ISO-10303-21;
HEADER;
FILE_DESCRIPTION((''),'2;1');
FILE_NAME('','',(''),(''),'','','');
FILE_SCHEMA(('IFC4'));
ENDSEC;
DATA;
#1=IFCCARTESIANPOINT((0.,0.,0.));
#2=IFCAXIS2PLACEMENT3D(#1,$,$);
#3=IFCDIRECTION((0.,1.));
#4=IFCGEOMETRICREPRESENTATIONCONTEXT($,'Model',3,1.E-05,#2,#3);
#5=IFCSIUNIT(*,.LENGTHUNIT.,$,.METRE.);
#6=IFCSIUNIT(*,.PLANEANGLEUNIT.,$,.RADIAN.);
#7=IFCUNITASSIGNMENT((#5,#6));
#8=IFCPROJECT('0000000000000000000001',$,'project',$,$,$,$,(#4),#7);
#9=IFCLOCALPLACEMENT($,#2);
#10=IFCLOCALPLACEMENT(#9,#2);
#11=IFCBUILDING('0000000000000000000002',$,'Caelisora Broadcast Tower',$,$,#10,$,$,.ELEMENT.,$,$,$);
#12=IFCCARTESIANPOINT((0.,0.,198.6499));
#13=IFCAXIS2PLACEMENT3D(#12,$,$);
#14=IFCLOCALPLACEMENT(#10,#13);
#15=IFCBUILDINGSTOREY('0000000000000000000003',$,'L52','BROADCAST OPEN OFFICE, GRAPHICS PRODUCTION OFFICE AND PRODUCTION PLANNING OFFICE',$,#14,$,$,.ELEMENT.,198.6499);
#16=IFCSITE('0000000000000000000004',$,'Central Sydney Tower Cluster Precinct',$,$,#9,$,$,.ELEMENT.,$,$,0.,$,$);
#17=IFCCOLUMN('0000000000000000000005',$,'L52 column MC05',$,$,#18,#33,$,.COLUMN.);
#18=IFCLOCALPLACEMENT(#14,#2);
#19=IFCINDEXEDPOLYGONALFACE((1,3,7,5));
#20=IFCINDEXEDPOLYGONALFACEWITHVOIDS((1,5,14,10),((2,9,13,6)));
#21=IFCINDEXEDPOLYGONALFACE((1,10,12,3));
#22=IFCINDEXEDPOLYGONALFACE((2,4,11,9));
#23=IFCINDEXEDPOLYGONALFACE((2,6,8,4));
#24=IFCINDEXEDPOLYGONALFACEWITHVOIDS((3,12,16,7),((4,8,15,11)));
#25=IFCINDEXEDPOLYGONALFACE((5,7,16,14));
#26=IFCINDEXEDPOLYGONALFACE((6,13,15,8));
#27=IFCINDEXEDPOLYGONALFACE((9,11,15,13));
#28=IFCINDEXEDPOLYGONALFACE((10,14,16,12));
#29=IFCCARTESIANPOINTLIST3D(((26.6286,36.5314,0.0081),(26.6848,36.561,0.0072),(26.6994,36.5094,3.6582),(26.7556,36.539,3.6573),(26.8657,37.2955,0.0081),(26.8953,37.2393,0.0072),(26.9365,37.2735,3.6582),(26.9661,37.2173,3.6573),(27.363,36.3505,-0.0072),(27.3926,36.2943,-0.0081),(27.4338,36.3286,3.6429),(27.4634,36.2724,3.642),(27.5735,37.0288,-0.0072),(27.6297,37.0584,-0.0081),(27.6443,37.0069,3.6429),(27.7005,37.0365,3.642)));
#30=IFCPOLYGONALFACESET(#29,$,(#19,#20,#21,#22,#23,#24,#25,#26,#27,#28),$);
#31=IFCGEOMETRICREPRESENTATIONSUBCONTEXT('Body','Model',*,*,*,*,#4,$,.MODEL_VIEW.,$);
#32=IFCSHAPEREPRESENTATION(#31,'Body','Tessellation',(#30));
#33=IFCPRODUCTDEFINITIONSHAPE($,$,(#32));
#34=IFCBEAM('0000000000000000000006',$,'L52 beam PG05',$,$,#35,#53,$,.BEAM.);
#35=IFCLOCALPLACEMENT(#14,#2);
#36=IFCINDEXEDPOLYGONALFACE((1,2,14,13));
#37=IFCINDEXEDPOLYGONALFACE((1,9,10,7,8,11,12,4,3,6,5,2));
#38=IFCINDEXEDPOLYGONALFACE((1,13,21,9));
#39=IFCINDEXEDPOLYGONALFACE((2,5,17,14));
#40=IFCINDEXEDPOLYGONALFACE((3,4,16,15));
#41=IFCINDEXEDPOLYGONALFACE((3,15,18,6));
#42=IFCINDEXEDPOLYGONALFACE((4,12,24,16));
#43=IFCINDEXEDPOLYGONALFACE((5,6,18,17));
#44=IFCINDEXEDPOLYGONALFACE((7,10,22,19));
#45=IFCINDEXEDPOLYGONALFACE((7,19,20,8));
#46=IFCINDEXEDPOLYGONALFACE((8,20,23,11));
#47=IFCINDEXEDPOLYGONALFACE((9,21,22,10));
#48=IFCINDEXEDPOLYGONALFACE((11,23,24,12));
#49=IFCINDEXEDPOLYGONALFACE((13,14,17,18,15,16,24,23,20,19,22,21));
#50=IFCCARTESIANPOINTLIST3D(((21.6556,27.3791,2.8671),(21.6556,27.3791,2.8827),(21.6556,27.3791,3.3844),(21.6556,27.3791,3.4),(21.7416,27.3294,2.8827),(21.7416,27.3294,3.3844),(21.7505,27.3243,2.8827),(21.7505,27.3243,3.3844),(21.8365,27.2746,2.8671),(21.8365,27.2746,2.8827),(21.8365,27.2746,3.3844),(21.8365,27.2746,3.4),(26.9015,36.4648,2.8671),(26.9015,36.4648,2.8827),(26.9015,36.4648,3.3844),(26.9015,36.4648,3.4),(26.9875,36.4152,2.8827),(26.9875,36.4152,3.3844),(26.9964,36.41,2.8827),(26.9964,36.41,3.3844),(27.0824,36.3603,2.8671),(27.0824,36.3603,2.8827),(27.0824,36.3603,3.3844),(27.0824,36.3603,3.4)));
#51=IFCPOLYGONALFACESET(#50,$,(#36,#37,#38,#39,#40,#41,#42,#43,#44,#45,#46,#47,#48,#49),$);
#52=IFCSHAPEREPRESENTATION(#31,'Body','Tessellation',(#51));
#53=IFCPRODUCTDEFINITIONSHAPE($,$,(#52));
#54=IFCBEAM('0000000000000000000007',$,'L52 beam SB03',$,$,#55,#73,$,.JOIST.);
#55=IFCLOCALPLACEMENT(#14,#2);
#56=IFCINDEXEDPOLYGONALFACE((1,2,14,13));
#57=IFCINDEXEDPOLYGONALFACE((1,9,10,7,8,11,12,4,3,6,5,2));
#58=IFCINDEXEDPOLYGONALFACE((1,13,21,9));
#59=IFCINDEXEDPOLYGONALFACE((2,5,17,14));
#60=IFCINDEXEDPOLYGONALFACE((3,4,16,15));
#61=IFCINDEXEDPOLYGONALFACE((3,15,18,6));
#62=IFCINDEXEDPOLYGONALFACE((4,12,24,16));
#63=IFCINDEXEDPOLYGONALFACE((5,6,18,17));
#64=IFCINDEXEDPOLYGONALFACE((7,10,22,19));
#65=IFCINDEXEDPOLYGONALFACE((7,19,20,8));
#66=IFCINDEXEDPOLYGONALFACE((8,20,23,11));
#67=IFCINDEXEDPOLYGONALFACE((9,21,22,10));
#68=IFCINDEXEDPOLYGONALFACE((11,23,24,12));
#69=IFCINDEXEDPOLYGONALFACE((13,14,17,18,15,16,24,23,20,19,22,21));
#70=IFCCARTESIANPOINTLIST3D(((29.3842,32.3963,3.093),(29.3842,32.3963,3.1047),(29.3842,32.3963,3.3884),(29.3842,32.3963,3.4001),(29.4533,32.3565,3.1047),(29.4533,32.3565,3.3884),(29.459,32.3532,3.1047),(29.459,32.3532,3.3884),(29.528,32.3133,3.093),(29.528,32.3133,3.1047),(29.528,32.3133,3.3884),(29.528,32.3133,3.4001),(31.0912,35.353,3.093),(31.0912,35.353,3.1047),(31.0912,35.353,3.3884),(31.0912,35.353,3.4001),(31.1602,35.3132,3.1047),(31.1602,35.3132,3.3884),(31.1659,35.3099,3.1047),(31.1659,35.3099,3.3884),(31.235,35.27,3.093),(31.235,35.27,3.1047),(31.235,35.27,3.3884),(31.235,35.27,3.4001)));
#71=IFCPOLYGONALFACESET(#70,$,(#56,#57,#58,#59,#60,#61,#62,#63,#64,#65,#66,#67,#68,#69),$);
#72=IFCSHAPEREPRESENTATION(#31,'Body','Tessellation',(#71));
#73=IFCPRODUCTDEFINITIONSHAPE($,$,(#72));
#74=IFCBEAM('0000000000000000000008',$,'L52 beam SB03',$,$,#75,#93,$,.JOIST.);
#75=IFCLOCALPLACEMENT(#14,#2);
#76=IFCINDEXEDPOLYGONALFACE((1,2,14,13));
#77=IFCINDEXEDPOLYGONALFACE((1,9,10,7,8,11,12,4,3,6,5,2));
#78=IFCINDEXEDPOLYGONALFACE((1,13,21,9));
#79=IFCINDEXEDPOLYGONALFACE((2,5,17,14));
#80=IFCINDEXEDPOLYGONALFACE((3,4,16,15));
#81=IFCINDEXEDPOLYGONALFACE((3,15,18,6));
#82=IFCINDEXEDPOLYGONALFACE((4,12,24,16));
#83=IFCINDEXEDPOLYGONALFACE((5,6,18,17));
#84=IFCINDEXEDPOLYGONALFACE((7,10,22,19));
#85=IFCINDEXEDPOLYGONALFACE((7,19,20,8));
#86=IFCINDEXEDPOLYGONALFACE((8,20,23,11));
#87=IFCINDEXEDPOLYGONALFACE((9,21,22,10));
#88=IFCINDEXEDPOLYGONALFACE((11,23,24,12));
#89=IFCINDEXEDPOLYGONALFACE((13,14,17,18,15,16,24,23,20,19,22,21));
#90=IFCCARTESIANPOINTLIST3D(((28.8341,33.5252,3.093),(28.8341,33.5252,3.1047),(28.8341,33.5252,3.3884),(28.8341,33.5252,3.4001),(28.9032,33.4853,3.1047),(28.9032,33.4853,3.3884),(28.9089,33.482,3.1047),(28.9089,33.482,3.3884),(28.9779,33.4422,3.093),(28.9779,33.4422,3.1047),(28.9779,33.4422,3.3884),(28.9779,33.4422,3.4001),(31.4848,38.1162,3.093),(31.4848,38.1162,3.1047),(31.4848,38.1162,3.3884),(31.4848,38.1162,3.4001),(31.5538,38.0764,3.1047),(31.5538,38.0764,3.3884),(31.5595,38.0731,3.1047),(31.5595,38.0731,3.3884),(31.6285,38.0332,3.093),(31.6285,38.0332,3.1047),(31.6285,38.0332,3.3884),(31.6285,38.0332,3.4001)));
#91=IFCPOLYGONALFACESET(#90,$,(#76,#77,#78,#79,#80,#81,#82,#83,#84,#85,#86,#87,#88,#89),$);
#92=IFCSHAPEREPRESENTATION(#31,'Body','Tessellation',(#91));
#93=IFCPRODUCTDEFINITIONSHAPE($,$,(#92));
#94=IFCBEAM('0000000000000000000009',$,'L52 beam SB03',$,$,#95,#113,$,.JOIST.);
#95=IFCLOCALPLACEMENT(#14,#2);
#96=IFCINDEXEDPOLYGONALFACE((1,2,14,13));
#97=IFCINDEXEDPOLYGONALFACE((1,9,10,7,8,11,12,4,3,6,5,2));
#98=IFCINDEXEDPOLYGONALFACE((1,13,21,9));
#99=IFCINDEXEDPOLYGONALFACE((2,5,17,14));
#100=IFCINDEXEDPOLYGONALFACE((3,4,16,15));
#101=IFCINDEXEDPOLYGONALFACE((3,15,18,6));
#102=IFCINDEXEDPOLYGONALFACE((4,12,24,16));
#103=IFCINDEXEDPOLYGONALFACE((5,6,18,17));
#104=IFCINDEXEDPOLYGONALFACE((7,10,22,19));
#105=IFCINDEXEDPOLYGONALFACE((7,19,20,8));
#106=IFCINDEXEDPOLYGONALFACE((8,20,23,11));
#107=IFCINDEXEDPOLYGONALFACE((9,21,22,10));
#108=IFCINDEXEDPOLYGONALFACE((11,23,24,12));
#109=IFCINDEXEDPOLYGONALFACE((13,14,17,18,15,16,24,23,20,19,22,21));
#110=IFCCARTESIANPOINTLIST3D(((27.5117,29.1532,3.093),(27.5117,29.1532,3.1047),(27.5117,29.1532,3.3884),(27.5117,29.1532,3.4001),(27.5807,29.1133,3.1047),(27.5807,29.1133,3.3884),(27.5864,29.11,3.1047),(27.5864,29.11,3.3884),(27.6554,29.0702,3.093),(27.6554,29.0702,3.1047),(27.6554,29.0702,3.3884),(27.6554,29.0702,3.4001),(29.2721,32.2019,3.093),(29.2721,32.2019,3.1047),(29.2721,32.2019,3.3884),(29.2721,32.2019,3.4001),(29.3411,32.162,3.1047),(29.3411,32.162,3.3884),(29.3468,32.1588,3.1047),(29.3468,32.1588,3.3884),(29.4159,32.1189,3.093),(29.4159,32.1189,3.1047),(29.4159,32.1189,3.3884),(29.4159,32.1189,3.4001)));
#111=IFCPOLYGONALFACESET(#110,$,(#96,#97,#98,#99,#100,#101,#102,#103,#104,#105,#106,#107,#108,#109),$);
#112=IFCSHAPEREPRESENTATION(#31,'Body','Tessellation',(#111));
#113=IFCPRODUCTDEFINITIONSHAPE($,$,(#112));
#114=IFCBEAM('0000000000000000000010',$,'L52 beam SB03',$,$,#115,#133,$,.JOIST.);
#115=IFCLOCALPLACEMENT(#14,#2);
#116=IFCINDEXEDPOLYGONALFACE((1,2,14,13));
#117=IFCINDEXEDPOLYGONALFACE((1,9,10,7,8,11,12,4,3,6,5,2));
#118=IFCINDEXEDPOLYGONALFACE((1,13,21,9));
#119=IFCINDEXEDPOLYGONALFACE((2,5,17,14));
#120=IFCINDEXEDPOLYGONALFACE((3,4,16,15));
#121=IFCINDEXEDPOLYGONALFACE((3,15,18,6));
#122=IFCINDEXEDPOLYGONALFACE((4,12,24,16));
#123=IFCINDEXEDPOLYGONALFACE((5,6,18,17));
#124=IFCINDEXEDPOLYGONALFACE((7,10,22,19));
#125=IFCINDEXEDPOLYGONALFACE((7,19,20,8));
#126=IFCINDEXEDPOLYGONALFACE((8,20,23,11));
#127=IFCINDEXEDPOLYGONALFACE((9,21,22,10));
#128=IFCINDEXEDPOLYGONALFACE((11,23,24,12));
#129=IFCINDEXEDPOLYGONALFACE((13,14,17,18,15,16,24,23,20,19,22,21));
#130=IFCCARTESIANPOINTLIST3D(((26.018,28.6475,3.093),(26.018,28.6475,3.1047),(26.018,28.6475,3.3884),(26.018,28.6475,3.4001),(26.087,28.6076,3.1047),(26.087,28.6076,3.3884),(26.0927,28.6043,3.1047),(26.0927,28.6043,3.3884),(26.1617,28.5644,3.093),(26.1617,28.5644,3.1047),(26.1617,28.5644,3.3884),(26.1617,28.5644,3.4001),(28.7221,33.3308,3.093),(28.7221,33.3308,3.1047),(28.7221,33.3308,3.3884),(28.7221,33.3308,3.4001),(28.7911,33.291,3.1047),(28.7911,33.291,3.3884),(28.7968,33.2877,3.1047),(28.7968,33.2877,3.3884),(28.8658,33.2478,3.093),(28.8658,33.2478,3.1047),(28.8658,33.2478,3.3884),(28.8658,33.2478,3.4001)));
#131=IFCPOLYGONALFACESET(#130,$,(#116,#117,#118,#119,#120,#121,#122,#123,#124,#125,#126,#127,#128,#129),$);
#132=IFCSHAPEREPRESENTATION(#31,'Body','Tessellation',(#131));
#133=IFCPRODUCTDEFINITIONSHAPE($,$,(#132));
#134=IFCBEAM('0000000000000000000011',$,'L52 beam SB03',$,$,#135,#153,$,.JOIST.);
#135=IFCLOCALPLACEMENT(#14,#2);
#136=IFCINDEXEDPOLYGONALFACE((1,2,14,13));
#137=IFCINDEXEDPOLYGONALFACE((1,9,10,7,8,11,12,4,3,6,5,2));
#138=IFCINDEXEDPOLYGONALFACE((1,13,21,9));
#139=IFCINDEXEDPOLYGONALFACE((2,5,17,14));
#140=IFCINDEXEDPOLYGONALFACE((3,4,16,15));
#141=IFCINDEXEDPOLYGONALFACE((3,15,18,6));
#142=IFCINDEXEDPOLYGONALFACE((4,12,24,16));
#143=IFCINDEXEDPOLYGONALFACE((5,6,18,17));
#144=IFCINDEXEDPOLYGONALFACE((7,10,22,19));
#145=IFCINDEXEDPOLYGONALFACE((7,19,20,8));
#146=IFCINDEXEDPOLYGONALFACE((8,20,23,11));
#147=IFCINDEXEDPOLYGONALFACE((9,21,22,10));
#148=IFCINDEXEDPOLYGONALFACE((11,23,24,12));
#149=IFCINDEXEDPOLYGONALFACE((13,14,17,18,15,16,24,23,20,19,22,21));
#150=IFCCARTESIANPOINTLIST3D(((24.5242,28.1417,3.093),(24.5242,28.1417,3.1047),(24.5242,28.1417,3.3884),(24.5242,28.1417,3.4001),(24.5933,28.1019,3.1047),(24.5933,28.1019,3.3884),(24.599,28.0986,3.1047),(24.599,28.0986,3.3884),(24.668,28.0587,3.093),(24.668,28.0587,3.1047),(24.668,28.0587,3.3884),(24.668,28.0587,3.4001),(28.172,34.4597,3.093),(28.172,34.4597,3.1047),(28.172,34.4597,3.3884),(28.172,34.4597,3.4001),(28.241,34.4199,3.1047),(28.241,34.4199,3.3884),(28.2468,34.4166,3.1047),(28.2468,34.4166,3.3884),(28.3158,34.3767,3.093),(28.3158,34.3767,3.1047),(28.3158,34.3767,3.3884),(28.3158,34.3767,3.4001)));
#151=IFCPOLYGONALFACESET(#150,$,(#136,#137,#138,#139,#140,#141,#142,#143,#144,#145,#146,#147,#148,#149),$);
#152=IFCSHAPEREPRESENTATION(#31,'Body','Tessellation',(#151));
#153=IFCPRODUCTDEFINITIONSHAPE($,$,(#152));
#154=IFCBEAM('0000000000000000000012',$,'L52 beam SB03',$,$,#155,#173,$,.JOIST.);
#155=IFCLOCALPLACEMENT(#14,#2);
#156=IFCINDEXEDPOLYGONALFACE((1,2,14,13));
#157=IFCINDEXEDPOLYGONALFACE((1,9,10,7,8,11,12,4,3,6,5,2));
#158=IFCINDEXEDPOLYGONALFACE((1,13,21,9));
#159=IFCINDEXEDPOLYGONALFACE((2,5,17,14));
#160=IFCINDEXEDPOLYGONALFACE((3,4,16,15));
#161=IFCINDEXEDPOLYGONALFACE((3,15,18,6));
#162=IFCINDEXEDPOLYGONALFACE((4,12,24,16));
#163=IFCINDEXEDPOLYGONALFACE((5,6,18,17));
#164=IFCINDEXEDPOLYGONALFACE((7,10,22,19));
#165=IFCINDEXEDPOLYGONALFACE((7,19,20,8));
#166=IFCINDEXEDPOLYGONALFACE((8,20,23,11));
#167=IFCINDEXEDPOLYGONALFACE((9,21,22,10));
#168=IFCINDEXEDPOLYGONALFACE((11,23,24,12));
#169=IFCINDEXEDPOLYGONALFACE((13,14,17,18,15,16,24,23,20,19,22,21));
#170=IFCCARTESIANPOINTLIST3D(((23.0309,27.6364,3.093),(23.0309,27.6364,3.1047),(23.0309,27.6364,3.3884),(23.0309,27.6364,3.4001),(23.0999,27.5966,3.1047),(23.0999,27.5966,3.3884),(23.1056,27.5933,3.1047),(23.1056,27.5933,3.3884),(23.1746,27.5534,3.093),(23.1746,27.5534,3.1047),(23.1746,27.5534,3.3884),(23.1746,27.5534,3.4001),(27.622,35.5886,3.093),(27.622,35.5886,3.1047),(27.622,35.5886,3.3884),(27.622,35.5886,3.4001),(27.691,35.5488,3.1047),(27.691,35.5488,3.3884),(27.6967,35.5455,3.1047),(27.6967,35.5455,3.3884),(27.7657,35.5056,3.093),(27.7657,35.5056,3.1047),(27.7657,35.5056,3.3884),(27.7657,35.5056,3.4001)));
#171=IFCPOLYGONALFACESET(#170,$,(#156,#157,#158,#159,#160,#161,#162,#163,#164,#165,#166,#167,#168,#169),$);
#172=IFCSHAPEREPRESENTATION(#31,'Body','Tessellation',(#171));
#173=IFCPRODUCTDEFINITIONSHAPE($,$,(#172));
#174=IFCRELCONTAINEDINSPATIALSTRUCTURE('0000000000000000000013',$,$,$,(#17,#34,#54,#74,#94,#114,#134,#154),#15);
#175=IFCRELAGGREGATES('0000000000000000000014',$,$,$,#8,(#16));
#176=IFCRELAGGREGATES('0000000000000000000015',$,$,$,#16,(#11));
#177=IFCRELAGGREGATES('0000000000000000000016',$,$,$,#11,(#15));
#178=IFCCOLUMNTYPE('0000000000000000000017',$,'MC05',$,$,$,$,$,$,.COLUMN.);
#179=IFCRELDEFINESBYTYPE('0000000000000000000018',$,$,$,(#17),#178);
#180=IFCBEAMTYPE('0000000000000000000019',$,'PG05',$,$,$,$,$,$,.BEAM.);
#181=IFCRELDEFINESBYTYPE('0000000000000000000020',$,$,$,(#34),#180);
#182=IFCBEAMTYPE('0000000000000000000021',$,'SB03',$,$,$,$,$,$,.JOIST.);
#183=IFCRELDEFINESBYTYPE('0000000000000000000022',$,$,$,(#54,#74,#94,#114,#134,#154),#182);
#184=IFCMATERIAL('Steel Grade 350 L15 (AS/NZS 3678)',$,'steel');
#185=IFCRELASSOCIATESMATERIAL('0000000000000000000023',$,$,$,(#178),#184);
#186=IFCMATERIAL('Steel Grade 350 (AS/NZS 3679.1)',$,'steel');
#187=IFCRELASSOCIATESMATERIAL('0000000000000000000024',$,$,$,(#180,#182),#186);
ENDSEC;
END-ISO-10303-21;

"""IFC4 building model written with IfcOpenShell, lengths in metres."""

from ifc_helpers import new_model, si_unit, direction, frame, origin, origin_2d, place, context, subcontext, project, spatial, hollow_rectangle, i_section, extrude, source, transform, mapped, material, material_profile, profile_set, type_object, type_shapes, element, save


model = new_model("IFC4")

# Units and contexts
model_context = context("Model", 3, precision=1e-05, world=origin(), true_north=direction((0.0, 1.0)))
body_context = subcontext(model_context, "Body", "Model", "MODEL_VIEW")
ifc_project = project(units=[si_unit("LENGTHUNIT", "METRE"), si_unit("PLANEANGLEUNIT", "RADIAN")], contexts=[model_context])

# Site, building, storey
site_placement = place(None, origin())
site = spatial("IfcSite", under=ifc_project, at=site_placement, Name="Central Sydney Tower Cluster Precinct", CompositionType="ELEMENT", RefElevation=0.0)
building_placement = place(site_placement, origin())
building = spatial("IfcBuilding", under=site, at=building_placement, Name="Caelisora Broadcast Tower", CompositionType="ELEMENT")
storey_placement = place(building_placement, frame((0.0, 0.0, 198.6499)))
storey = spatial("IfcBuildingStorey", under=building, at=storey_placement, Name="L52", Description="BROADCAST OPEN OFFICE, GRAPHICS PRODUCTION OFFICE AND PRODUCTION PLANNING OFFICE", CompositionType="ELEMENT", Elevation=198.6499)

# Column
ifc_material_1 = material(Name="Steel Grade 350 L15 (AS/NZS 3678)", Category="steel")
ifc_material_profile_1 = material_profile(ifc_material_1, hollow_rectangle(XDim=0.8, YDim=0.8, WallThickness=0.0449, at=origin_2d()), Name="Steel Grade 350 L15 (AS/NZS 3678)")
ifc_profile_set_1 = profile_set([ifc_material_profile_1], Name="Steel Grade 350 L15 (AS/NZS 3678)")
column_type = type_object("IfcColumnType", Name="MC05", PredefinedType="COLUMN", material=ifc_profile_set_1)
shared_shape_1 = source(origin(), body_context, "Body", "SweptSolid", [
    extrude(hollow_rectangle(XDim=0.8, YDim=0.8, WallThickness=0.0449, at=origin_2d()), origin(), (0.0, 0.0, 1.0), 3.6509),
])
type_shapes(column_type, [shared_shape_1])
column_placement = place(storey_placement, frame((27.1292, 36.7949, 0.0), z_axis=(0.019393, -0.006018, 0.999794), x_axis=(0.296399, 0.955064, 0.0)))
element("IfcColumn", 1, at=column_placement, inside=storey, type_object=column_type, Name="L52 column MC05", PredefinedType="COLUMN", context=body_context, shape_type="MappedRepresentation", body=[
    mapped(shared_shape_1, transform((0.0, 0.0, 0.0), scale=1.0)),
])

# Beams
ifc_material_2 = material(Name="Steel Grade 350 (AS/NZS 3679.1)", Category="steel")
ifc_material_profile_2 = material_profile(ifc_material_2, i_section(OverallWidth=0.209, OverallDepth=0.533, WebThickness=0.0103, FlangeThickness=0.0156, at=origin_2d()), Name="Steel Grade 350 (AS/NZS 3679.1)")
ifc_profile_set_2 = profile_set([ifc_material_profile_2], Name="Steel Grade 350 (AS/NZS 3679.1)")
beam_type_1 = type_object("IfcBeamType", Name="PG05", PredefinedType="BEAM", material=ifc_profile_set_2)
shared_shape_2 = source(origin(), body_context, "Body", "SweptSolid", [
    extrude(i_section(OverallWidth=0.209, OverallDepth=0.533, WebThickness=0.0103, FlangeThickness=0.0156, at=origin_2d()), origin(), (0.0, 0.0, 1.0), 10.4915),
])
type_shapes(beam_type_1, [shared_shape_2])
beam_1_placement = place(storey_placement, frame((26.9919, 36.4126, 3.1335), z_axis=(-0.500016, -0.866016, 0.0), x_axis=(0.866016, -0.500016, 0.0)))
element("IfcBeam", 2, at=beam_1_placement, inside=storey, type_object=beam_type_1, Name="L52 beam PG05", PredefinedType="BEAM", context=body_context, shape_type="MappedRepresentation", body=[
    mapped(shared_shape_2, transform((0.0, 0.0, 0.0), scale=1.0)),
])
ifc_material_profile_3 = material_profile(ifc_material_2, i_section(OverallWidth=0.166, OverallDepth=0.3071, WebThickness=0.0066, FlangeThickness=0.0117, at=origin_2d()), Name="Steel Grade 350 (AS/NZS 3679.1)")
ifc_profile_set_3 = profile_set([ifc_material_profile_3], Name="Steel Grade 350 (AS/NZS 3679.1)")
beam_type_2 = type_object("IfcBeamType", Name="SB03", PredefinedType="JOIST", material=ifc_profile_set_3)
shared_shape_3 = source(origin(), body_context, "Body", "SweptSolid", [
    extrude(i_section(OverallWidth=0.166, OverallDepth=0.3071, WebThickness=0.0066, FlangeThickness=0.0117, at=origin_2d()), origin(), (0.0, 0.0, 1.0), 3.4141),
])
beam_2_placement = place(storey_placement, frame((31.1631, 35.3115, 3.2466), z_axis=(-0.499984, -0.866034, 0.0), x_axis=(0.866034, -0.499984, 0.0)))
element("IfcBeam", 3, at=beam_2_placement, inside=storey, type_object=beam_type_2, Name="L52 beam SB03", PredefinedType="JOIST", context=body_context, shape_type="MappedRepresentation", body=[
    mapped(shared_shape_3, transform((0.0, 0.0, 0.0), scale=1.0)),
])
shared_shape_4 = source(origin(), body_context, "Body", "SweptSolid", [
    extrude(i_section(OverallWidth=0.166, OverallDepth=0.3071, WebThickness=0.0066, FlangeThickness=0.0117, at=origin_2d()), origin(), (0.0, 0.0, 1.0), 5.3013),
])
beam_3_placement = place(storey_placement, frame((31.5566, 38.0747, 3.2466), z_axis=(-0.499998, -0.866027, 0.0), x_axis=(0.866027, -0.499998, 0.0)))
element("IfcBeam", 4, at=beam_3_placement, inside=storey, type_object=beam_type_2, Name="L52 beam SB03", PredefinedType="JOIST", context=body_context, shape_type="MappedRepresentation", body=[
    mapped(shared_shape_4, transform((0.0, 0.0, 0.0), scale=1.0)),
])
shared_shape_5 = source(origin(), body_context, "Body", "SweptSolid", [
    extrude(i_section(OverallWidth=0.166, OverallDepth=0.3071, WebThickness=0.0066, FlangeThickness=0.0117, at=origin_2d()), origin(), (0.0, 0.0, 1.0), 3.5205),
])
beam_4_placement = place(storey_placement, frame((29.344, 32.1604, 3.2466), z_axis=(-0.500055, -0.865994, 0.0), x_axis=(0.865994, -0.500055, 0.0)))
element("IfcBeam", 5, at=beam_4_placement, inside=storey, type_object=beam_type_2, Name="L52 beam SB03", PredefinedType="JOIST", context=body_context, shape_type="MappedRepresentation", body=[
    mapped(shared_shape_5, transform((0.0, 0.0, 0.0), scale=1.0)),
])
shared_shape_6 = source(origin(), body_context, "Body", "SweptSolid", [
    extrude(i_section(OverallWidth=0.166, OverallDepth=0.3071, WebThickness=0.0066, FlangeThickness=0.0117, at=origin_2d()), origin(), (0.0, 0.0, 1.0), 5.408),
])
beam_5_placement = place(storey_placement, frame((28.7939, 33.2893, 3.2466), z_axis=(-0.500023, -0.866012, 0.0), x_axis=(0.866012, -0.500023, 0.0)))
element("IfcBeam", 6, at=beam_5_placement, inside=storey, type_object=beam_type_2, Name="L52 beam SB03", PredefinedType="JOIST", context=body_context, shape_type="MappedRepresentation", body=[
    mapped(shared_shape_6, transform((0.0, 0.0, 0.0), scale=1.0)),
])
shared_shape_7 = source(origin(), body_context, "Body", "SweptSolid", [
    extrude(i_section(OverallWidth=0.166, OverallDepth=0.3071, WebThickness=0.0066, FlangeThickness=0.0117, at=origin_2d()), origin(), (0.0, 0.0, 1.0), 7.2954),
])
beam_6_placement = place(storey_placement, frame((28.2439, 34.4182, 3.2466), z_axis=(-0.500008, -0.866021, 0.0), x_axis=(0.866021, -0.500008, 0.0)))
element("IfcBeam", 7, at=beam_6_placement, inside=storey, type_object=beam_type_2, Name="L52 beam SB03", PredefinedType="JOIST", context=body_context, shape_type="MappedRepresentation", body=[
    mapped(shared_shape_7, transform((0.0, 0.0, 0.0), scale=1.0)),
])
shared_shape_8 = source(origin(), body_context, "Body", "SweptSolid", [
    extrude(i_section(OverallWidth=0.166, OverallDepth=0.3071, WebThickness=0.0066, FlangeThickness=0.0117, at=origin_2d()), origin(), (0.0, 0.0, 1.0), 9.1824),
])
type_shapes(beam_type_2, [shared_shape_3, shared_shape_4, shared_shape_5, shared_shape_6, shared_shape_7, shared_shape_8])
beam_7_placement = place(storey_placement, frame((27.6938, 35.5471, 3.2466), z_axis=(-0.499991, -0.866031, 0.0), x_axis=(0.866031, -0.499991, 0.0)))
element("IfcBeam", 8, at=beam_7_placement, inside=storey, type_object=beam_type_2, Name="L52 beam SB03", PredefinedType="JOIST", context=body_context, shape_type="MappedRepresentation", body=[
    mapped(shared_shape_8, transform((0.0, 0.0, 0.0), scale=1.0)),
])

save(model, "model.ifc")
